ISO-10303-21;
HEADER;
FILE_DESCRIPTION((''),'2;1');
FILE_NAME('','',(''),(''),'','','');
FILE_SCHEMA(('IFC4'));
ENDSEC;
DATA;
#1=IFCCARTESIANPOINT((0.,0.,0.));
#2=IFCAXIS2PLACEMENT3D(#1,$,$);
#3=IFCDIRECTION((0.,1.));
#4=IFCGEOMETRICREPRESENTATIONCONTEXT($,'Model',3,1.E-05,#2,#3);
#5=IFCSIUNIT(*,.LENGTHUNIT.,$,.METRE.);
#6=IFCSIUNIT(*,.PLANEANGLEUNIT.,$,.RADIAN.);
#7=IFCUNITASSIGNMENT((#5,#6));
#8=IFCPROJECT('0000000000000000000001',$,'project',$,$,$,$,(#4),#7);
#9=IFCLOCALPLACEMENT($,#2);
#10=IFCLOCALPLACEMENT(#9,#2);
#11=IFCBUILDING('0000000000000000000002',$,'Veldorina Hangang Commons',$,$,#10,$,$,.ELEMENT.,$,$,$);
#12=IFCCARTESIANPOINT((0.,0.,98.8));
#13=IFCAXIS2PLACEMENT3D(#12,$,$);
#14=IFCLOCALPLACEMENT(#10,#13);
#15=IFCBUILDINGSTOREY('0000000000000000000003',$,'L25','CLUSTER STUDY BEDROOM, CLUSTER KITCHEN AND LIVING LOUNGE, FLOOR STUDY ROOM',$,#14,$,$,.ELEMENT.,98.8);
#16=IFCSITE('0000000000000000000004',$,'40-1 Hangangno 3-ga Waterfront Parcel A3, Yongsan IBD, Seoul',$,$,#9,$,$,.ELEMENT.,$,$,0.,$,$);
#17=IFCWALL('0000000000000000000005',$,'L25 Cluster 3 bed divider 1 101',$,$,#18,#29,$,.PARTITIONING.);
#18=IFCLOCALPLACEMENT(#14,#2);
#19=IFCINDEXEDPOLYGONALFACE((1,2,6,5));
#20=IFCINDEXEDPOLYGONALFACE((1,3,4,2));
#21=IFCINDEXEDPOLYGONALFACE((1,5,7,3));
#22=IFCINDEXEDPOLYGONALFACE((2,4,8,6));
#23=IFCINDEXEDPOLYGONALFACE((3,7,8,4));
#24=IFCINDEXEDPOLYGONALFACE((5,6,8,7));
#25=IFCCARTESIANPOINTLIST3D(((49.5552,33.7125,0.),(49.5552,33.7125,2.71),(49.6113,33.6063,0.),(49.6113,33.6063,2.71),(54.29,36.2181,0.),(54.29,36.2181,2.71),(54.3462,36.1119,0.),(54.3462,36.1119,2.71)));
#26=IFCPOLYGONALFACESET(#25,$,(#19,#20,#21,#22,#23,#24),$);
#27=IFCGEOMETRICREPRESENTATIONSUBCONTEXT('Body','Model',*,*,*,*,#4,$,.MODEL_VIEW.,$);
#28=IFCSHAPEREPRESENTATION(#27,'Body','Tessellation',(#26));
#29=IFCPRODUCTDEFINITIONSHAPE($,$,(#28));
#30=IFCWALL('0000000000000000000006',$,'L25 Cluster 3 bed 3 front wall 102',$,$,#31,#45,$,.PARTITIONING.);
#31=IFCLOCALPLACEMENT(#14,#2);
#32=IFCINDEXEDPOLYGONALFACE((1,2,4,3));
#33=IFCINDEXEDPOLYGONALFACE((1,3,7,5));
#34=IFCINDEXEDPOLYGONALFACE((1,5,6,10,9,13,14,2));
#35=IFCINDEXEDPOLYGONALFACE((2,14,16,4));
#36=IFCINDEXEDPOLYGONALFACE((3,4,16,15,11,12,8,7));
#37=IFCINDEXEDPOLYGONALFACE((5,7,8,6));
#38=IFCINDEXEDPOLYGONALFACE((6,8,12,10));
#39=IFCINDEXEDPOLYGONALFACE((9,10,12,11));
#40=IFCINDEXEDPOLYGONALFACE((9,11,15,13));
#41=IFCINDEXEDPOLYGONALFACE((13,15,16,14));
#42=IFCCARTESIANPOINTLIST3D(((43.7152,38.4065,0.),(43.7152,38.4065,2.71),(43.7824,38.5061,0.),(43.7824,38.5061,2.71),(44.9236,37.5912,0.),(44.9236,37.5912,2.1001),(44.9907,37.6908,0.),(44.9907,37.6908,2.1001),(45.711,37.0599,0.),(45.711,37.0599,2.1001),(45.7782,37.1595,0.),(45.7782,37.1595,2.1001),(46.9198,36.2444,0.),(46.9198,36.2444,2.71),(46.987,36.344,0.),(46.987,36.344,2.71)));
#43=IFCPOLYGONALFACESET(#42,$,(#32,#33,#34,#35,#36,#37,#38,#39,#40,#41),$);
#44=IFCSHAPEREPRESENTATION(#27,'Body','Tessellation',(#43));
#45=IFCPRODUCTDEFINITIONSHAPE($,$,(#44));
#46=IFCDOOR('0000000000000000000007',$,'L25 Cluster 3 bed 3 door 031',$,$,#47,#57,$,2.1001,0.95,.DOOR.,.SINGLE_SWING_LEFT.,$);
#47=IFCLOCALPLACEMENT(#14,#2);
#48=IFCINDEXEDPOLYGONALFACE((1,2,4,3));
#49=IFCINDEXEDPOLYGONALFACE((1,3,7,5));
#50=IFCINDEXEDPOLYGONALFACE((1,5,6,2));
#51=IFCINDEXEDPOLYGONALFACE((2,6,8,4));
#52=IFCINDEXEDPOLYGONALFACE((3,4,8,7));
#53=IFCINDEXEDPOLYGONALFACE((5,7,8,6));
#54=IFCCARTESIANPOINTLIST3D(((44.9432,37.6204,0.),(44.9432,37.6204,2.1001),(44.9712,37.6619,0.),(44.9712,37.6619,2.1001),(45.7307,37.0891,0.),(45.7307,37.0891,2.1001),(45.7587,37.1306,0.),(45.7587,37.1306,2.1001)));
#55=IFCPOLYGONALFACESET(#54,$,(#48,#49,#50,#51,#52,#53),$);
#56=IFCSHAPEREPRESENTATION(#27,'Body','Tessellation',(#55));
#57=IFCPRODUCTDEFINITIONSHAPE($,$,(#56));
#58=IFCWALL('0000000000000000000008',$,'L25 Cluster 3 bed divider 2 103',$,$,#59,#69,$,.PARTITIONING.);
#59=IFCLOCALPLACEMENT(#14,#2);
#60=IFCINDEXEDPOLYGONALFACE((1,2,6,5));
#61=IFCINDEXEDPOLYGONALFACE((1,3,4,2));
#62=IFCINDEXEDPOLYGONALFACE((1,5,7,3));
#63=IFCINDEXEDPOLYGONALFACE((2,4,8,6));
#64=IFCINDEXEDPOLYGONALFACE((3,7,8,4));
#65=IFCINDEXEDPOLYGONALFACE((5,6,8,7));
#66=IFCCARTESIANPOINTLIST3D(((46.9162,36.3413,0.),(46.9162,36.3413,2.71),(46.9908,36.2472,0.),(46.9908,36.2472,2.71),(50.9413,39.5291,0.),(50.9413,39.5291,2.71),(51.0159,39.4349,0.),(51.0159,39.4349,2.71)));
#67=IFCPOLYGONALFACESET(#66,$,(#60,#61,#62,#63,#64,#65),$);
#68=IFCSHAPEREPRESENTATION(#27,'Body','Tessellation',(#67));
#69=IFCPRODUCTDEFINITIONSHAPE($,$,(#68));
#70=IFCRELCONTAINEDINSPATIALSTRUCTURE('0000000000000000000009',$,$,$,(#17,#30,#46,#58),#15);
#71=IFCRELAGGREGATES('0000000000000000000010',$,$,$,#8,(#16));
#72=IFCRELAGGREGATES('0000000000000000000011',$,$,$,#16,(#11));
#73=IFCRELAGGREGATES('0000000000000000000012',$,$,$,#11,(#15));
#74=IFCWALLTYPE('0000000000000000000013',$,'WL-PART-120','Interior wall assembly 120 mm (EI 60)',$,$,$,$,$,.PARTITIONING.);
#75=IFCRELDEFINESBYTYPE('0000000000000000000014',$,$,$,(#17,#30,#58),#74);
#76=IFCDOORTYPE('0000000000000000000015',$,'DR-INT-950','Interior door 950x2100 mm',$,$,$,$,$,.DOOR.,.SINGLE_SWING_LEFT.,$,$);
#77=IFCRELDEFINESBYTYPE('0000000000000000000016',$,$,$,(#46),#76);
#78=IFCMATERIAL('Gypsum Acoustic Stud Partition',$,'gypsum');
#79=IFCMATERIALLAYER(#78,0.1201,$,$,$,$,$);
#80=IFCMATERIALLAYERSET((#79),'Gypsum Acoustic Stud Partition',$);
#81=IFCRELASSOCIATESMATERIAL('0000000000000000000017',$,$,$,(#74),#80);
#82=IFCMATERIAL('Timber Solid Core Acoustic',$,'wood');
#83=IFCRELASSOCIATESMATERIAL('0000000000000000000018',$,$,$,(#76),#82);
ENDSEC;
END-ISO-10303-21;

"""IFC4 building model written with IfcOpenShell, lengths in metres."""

from ifc_helpers import new_model, si_unit, direction, frame, frame_2d, origin, place, context, subcontext, project, spatial, rectangle, extrude, material, layer, layer_set, type_object, element, fill, save


model = new_model("IFC4")

# Units and contexts
model_context = context("Model", 3, precision=1e-05, world=origin(), true_north=direction((0.0, 1.0)))
body_context = subcontext(model_context, "Body", "Model", "MODEL_VIEW")
ifc_project = project(units=[si_unit("LENGTHUNIT", "METRE"), si_unit("PLANEANGLEUNIT", "RADIAN")], contexts=[model_context])

# Site, building, storey
site_placement = place(None, origin())
site = spatial("IfcSite", under=ifc_project, at=site_placement, Name="40-1 Hangangno 3-ga Waterfront Parcel A3, Yongsan IBD, Seoul", CompositionType="ELEMENT", RefElevation=0.0)
building_placement = place(site_placement, origin())
building = spatial("IfcBuilding", under=site, at=building_placement, Name="Veldorina Hangang Commons", CompositionType="ELEMENT")
storey_placement = place(building_placement, frame((0.0, 0.0, 98.8)))
storey = spatial("IfcBuildingStorey", under=building, at=storey_placement, Name="L25", Description="CLUSTER STUDY BEDROOM, CLUSTER KITCHEN AND LIVING LOUNGE, FLOOR STUDY ROOM", CompositionType="ELEMENT", Elevation=98.8)

# Shared definitions
ifc_material_1 = material(Name="Gypsum Acoustic Stud Partition", Category="gypsum")
ifc_layer_1 = layer(ifc_material_1, 0.1201)
ifc_layer_set_1 = layer_set([ifc_layer_1], Name="Gypsum Acoustic Stud Partition")
wall_type_1 = type_object("IfcWallType", Name="WL-PART-120", Description="Interior wall assembly 120 mm (EI 60)", PredefinedType="PARTITIONING", material=ifc_layer_set_1)
ifc_material_2 = material(Name="Timber Solid Core Acoustic", Category="wood")
door_type = type_object("IfcDoorType", Name="DR-INT-950", Description="Interior door 950x2100 mm", OperationType="SINGLE_SWING_LEFT", PredefinedType="DOOR", material=ifc_material_2)

# Wall
wall_1_placement = place(storey_placement, frame((49.5833, 33.6594, 0.0), z_axis=(0.0, 0.0, 1.0), x_axis=(0.883871, 0.467731, 0.0)))
element("IfcWall", 1, at=wall_1_placement, inside=storey, type_object=wall_type_1, Name="L25 Cluster 3 bed divider 1 101", PredefinedType="PARTITIONING", context=body_context, shape_type="SweptSolid", body=[
    extrude(rectangle(XDim=5.3569, YDim=0.1201, at=frame_2d((2.6785, 0.0))), origin(), (0.0, 0.0, 1.0), 2.71),
])

# Wall, opening, door
wall_2_placement = place(storey_placement, frame((46.9534, 36.2942, 0.0), z_axis=(0.0, 0.0, 1.0), x_axis=(-0.828967, 0.559297, 0.0)))
wall_2 = element("IfcWall", 2, at=wall_2_placement, inside=storey, type_object=wall_type_1, Name="L25 Cluster 3 bed 3 front wall 102", PredefinedType="PARTITIONING", context=body_context, shape_type="SweptSolid", body=[
    extrude(rectangle(XDim=3.8657, YDim=0.1201, at=frame_2d((1.9329, 0.0))), origin(), (0.0, 0.0, 1.0), 2.71),
])
opening_1_placement = place(wall_2_placement, frame((1.458, 0.0, 0.0)))
opening_1 = element("IfcOpeningElement", 3, at=opening_1_placement, cuts=wall_2, PredefinedType="OPENING", context=body_context, shape_type="SweptSolid", body=[
    extrude(rectangle(XDim=0.95, YDim=2.1001, at=frame_2d((0.4751, 1.05))), frame((0.0, 0.0701, 0.0), z_axis=(0.0, -1.0, 0.0), x_axis=(1.0, 0.0, 0.0)), (0.0, 0.0, 1.0), 0.1401),
])
door_1_placement = place(opening_1_placement, origin())
door_1 = element("IfcDoor", 4, at=door_1_placement, inside=storey, type_object=door_type, Name="L25 Cluster 3 bed 3 door 031", OperationType="SINGLE_SWING_LEFT", OverallHeight=2.1001, OverallWidth=0.95, PredefinedType="DOOR", context=body_context, shape_type="SweptSolid", body=[
    extrude(rectangle(XDim=0.95, YDim=2.1001, at=frame_2d((0.4751, 1.05))), frame((0.0, 0.0249, 0.0), z_axis=(0.0, -1.0, 0.0), x_axis=(1.0, 0.0, 0.0)), (0.0, 0.0, 1.0), 0.05),
])
fill(opening_1, door_1)

# Wall
wall_3_placement = place(storey_placement, frame((46.9534, 36.2942, 0.0), z_axis=(0.0, 0.0, 1.0), x_axis=(0.783935, 0.620843, 0.0)))
element("IfcWall", 5, at=wall_3_placement, inside=storey, type_object=wall_type_1, Name="L25 Cluster 3 bed divider 2 103", PredefinedType="PARTITIONING", context=body_context, shape_type="SweptSolid", body=[
    extrude(rectangle(XDim=5.1345, YDim=0.1201, at=frame_2d((2.5674, 0.0))), origin(), (0.0, 0.0, 1.0), 2.71),
])

save(model, "model.ifc")
